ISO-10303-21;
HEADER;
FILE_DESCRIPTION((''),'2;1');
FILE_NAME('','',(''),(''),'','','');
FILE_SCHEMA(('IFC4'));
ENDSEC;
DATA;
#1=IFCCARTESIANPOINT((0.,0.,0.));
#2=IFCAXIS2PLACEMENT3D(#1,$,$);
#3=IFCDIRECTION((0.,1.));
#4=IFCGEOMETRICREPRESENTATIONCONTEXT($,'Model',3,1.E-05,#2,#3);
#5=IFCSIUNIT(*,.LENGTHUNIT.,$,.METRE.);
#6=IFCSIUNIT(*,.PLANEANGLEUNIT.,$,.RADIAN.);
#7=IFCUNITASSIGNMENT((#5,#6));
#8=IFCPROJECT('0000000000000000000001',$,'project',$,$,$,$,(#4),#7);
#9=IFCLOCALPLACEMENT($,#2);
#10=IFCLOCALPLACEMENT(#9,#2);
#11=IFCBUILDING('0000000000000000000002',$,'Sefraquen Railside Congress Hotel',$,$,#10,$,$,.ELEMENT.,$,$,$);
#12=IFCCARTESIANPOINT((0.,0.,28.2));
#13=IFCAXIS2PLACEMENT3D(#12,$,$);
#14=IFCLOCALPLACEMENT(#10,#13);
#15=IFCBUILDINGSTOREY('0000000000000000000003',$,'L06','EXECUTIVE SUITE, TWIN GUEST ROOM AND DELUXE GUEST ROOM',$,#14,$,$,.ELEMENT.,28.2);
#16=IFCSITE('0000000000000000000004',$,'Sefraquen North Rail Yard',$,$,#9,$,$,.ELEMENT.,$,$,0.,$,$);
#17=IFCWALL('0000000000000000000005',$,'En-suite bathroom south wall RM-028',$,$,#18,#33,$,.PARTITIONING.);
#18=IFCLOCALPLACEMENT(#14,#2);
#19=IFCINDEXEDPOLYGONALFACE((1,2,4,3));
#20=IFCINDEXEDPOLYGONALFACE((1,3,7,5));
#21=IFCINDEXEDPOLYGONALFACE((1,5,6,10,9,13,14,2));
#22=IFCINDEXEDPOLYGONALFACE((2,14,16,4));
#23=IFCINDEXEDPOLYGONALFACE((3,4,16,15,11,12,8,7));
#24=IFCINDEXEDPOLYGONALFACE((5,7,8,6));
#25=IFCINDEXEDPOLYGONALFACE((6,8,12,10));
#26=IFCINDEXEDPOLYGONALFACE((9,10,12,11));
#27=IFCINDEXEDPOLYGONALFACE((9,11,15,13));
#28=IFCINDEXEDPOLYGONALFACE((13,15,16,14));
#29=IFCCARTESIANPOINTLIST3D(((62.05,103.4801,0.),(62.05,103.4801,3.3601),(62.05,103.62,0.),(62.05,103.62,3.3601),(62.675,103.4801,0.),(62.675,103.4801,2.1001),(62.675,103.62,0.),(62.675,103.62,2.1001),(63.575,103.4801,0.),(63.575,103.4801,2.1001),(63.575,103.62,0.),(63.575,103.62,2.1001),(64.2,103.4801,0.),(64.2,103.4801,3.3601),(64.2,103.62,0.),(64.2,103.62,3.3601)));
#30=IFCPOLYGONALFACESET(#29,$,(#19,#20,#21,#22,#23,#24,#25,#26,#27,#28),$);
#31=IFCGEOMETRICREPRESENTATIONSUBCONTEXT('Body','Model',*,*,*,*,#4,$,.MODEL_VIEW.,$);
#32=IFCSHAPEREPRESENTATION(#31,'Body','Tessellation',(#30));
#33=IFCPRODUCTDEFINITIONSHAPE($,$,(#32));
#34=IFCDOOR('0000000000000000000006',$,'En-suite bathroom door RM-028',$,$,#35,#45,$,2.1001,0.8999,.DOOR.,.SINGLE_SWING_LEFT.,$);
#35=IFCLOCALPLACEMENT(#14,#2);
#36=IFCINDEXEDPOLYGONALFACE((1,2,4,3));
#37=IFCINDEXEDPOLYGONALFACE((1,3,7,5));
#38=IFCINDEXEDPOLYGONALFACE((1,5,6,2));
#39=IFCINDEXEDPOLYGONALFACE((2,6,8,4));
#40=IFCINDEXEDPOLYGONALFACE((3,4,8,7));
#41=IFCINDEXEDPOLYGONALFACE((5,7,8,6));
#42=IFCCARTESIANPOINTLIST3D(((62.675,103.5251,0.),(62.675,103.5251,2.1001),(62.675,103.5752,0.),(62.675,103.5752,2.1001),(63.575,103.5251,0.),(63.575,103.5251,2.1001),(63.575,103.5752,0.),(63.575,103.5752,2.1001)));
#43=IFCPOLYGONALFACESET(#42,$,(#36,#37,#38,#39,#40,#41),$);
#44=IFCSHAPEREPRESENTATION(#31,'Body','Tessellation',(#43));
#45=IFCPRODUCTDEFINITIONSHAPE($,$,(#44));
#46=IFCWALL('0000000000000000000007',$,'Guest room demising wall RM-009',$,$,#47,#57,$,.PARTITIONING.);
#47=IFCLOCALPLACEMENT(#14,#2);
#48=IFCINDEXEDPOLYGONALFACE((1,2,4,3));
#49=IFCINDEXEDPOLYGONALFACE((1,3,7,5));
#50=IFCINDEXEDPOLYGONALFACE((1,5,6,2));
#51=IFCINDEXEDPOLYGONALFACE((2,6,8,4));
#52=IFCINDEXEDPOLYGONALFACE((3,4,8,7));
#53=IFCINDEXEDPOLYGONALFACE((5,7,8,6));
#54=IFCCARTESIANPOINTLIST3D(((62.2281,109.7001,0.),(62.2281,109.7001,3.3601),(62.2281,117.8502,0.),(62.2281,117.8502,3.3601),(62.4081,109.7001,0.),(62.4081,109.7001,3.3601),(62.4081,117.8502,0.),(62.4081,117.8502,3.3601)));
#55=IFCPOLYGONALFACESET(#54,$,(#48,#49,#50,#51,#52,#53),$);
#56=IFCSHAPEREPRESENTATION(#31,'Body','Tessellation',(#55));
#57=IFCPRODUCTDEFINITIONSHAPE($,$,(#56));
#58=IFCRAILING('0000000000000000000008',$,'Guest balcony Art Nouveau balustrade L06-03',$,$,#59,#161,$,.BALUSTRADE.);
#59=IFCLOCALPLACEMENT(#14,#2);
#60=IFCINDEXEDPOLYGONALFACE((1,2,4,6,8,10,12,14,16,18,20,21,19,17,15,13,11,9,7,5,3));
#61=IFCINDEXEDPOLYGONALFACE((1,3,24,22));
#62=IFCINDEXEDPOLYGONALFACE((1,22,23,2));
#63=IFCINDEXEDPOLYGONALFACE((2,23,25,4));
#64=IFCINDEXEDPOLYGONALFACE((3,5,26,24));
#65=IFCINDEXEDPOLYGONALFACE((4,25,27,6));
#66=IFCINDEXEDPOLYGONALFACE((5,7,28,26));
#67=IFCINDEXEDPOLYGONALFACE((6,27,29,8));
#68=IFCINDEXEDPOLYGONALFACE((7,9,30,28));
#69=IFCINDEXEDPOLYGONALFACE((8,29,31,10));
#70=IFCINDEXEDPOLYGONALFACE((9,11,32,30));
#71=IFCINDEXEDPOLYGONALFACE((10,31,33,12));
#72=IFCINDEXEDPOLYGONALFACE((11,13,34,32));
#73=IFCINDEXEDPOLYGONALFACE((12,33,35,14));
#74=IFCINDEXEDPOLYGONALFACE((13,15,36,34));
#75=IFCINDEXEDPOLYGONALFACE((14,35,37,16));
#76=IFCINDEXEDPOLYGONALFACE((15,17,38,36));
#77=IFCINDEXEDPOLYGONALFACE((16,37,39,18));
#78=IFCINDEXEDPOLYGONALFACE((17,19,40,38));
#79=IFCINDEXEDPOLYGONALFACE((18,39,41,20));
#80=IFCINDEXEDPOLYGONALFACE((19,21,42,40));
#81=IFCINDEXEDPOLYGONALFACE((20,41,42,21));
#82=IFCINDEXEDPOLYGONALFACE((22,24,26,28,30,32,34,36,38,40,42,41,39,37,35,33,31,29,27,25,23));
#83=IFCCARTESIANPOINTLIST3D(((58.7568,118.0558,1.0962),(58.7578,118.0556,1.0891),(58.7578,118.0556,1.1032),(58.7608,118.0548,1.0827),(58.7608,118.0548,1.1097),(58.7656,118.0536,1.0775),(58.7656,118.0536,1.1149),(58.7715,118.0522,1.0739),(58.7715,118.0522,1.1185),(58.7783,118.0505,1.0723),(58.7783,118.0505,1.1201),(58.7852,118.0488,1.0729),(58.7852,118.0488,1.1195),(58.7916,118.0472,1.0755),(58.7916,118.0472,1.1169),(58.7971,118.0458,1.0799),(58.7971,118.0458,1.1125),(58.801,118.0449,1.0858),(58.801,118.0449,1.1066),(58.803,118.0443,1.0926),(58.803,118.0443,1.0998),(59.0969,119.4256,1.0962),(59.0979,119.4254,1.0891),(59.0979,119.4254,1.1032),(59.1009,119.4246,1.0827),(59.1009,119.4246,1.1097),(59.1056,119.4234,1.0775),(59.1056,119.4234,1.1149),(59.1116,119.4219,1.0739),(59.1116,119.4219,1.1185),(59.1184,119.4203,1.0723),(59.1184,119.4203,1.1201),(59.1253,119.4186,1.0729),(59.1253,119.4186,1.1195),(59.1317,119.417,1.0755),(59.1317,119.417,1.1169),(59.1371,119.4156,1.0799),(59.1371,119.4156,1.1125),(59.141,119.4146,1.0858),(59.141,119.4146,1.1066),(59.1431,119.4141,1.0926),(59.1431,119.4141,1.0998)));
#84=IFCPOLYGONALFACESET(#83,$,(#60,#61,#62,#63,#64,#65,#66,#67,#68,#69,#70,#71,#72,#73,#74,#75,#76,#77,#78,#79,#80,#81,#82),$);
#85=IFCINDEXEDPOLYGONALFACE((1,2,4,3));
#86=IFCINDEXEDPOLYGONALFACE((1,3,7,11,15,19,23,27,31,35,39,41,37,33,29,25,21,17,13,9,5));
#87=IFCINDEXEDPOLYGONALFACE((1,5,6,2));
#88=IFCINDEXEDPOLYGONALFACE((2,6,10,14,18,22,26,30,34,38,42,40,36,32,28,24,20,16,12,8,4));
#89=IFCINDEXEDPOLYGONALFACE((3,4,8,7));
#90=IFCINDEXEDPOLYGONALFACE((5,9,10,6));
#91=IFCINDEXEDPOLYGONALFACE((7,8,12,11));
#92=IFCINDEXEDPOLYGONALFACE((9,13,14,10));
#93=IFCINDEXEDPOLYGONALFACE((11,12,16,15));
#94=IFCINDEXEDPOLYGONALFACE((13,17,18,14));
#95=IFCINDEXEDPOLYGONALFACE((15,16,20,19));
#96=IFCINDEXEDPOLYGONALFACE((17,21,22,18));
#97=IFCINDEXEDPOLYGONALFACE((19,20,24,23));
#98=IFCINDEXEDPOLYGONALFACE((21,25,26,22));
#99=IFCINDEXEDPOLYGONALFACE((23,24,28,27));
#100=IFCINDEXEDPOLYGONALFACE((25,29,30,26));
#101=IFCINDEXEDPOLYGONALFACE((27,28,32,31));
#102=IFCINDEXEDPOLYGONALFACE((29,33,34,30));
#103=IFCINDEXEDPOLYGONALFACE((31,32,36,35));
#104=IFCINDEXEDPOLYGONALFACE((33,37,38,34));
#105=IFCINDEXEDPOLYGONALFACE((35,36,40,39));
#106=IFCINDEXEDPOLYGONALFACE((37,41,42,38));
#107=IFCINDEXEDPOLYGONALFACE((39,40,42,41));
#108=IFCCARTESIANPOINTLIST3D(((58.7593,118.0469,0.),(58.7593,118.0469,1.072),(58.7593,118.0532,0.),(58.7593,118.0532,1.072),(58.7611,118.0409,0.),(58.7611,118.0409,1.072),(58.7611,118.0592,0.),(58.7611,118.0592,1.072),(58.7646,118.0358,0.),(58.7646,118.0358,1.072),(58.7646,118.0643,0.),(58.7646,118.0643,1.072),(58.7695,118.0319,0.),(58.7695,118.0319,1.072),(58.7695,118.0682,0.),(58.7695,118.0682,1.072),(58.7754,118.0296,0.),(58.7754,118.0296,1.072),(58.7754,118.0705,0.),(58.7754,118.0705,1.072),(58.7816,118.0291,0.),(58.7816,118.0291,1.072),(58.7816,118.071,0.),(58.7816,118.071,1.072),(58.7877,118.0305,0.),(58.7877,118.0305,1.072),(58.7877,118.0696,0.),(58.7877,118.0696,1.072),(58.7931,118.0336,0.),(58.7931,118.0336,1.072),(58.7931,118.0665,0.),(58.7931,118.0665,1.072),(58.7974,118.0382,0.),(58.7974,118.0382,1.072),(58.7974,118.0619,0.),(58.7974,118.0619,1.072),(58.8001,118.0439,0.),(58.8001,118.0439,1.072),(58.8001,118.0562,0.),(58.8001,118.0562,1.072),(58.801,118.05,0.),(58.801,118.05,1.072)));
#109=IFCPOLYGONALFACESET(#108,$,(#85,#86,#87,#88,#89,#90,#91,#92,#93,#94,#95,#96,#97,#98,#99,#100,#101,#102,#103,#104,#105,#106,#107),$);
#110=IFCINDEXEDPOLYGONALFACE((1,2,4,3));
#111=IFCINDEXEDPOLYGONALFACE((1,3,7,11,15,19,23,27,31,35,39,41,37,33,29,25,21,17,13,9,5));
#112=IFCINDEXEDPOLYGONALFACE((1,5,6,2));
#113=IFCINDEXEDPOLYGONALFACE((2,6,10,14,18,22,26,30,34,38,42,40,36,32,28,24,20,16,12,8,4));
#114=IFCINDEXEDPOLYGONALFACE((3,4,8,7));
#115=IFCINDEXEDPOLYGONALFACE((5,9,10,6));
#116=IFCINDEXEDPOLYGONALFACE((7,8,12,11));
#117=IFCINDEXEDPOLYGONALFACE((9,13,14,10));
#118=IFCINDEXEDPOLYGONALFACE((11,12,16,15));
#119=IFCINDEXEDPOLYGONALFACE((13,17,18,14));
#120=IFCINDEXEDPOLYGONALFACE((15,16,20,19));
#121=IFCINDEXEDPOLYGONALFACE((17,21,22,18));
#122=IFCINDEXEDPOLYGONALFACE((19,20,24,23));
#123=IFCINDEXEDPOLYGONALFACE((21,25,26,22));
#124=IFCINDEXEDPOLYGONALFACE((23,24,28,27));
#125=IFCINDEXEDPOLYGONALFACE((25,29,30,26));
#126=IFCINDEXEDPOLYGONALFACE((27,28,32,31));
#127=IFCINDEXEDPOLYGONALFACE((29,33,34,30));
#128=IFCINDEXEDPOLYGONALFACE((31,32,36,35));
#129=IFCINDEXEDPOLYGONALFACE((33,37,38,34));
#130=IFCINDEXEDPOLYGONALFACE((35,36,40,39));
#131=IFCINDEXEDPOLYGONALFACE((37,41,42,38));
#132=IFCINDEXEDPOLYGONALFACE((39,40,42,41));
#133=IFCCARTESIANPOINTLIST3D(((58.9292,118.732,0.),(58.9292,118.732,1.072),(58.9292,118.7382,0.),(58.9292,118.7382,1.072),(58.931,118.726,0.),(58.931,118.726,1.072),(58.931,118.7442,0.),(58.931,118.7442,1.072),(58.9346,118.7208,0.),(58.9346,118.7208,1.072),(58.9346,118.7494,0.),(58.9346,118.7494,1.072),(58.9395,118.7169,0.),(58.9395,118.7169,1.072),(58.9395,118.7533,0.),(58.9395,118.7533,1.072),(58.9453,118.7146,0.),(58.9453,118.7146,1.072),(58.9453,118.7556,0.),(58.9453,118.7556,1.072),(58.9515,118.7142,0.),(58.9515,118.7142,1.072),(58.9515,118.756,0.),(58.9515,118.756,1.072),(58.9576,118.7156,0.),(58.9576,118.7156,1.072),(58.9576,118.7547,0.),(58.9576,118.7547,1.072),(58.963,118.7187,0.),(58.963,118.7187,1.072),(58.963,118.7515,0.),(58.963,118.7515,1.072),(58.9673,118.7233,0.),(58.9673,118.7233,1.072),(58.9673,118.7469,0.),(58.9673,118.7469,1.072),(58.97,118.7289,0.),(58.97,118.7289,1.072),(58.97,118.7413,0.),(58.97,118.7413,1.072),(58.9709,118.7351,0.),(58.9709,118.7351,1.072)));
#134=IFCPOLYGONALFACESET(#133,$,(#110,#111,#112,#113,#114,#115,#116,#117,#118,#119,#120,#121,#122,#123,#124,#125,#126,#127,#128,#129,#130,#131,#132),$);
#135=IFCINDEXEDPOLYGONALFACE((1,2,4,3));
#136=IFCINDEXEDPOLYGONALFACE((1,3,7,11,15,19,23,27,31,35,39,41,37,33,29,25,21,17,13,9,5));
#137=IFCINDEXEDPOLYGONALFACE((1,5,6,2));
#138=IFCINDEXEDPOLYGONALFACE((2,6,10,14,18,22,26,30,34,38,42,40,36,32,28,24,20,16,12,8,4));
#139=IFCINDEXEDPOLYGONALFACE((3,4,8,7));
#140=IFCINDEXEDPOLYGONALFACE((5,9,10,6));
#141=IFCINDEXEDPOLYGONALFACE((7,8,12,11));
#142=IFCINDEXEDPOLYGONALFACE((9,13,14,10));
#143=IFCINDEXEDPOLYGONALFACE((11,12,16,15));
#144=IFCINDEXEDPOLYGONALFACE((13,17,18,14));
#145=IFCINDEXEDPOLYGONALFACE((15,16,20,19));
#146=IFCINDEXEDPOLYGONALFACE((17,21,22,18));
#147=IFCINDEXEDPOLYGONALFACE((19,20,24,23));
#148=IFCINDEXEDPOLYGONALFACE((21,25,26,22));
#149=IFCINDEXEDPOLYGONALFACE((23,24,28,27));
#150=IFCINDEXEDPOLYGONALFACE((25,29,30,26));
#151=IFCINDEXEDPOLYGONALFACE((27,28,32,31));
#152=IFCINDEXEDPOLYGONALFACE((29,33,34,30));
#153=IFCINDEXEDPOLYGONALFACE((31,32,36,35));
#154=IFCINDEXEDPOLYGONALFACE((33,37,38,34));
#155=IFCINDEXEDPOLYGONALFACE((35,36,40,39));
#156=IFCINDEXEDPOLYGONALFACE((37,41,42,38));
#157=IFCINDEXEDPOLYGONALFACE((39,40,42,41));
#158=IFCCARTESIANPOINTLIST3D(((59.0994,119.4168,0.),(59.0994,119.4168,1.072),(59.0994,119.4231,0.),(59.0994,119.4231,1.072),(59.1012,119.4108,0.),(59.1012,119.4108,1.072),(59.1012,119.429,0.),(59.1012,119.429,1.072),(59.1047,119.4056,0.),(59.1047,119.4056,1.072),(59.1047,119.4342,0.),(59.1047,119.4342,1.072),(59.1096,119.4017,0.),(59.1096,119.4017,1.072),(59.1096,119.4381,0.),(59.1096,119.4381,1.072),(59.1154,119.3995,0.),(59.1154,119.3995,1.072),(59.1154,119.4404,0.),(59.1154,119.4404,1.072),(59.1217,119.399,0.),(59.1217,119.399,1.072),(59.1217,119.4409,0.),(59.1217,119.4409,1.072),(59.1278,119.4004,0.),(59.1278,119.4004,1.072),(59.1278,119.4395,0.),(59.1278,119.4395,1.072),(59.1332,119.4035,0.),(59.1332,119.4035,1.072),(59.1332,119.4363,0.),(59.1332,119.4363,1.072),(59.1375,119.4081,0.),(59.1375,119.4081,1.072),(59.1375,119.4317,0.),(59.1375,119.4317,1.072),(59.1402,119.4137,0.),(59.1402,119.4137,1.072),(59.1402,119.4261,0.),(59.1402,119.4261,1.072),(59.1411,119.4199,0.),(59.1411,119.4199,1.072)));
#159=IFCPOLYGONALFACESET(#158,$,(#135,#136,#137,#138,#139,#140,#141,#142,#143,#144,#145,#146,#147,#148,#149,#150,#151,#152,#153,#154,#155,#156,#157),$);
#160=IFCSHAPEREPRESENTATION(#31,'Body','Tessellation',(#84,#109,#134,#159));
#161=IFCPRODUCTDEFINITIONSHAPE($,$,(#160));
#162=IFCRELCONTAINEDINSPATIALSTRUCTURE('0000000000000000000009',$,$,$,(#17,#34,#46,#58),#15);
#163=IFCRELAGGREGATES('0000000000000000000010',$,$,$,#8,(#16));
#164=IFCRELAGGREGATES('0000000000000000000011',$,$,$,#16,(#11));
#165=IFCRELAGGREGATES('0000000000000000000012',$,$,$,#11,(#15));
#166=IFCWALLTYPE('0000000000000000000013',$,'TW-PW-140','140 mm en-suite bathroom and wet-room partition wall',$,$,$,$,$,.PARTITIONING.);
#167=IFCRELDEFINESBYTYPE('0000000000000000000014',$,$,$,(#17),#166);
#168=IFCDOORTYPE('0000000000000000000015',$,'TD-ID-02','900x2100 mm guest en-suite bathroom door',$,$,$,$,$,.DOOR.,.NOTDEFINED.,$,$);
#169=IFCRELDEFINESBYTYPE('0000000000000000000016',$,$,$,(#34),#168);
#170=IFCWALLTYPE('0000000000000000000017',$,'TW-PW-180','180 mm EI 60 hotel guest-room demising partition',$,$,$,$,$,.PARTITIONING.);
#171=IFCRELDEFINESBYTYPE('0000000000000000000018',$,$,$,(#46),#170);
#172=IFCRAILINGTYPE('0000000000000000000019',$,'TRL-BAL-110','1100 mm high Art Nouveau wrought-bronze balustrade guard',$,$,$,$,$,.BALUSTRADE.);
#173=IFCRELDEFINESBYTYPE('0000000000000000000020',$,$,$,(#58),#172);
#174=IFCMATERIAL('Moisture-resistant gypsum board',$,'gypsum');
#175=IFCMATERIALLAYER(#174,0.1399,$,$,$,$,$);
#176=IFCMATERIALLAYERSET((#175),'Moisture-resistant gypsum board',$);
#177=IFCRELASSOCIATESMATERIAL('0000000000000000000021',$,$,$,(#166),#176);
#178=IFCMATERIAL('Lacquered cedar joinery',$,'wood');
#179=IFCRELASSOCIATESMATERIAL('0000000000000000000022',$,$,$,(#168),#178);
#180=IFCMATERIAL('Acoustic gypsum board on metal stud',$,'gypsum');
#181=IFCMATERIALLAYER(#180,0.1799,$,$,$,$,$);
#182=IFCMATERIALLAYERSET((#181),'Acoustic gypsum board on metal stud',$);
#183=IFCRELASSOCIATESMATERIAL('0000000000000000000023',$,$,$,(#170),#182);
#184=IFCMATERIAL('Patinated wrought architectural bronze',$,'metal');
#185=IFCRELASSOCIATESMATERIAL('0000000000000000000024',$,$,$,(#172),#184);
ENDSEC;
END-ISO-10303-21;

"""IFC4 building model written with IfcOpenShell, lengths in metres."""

from ifc_helpers import new_model, si_unit, direction, frame, frame_2d, origin, origin_2d, place, context, subcontext, project, spatial, rectangle, circle, extrude, material, layer, layer_set, type_object, element, fill, save


model = new_model("IFC4")

# Units and contexts
model_context = context("Model", 3, precision=1e-05, world=origin(), true_north=direction((0.0, 1.0)))
body_context = subcontext(model_context, "Body", "Model", "MODEL_VIEW")
ifc_project = project(units=[si_unit("LENGTHUNIT", "METRE"), si_unit("PLANEANGLEUNIT", "RADIAN")], contexts=[model_context])

# Site, building, storey
site_placement = place(None, origin())
site = spatial("IfcSite", under=ifc_project, at=site_placement, Name="Sefraquen North Rail Yard", CompositionType="ELEMENT", RefElevation=0.0)
building_placement = place(site_placement, origin())
building = spatial("IfcBuilding", under=site, at=building_placement, Name="Sefraquen Railside Congress Hotel", CompositionType="ELEMENT")
storey_placement = place(building_placement, frame((0.0, 0.0, 28.2)))
storey = spatial("IfcBuildingStorey", under=building, at=storey_placement, Name="L06", Description="EXECUTIVE SUITE, TWIN GUEST ROOM AND DELUXE GUEST ROOM", CompositionType="ELEMENT", Elevation=28.2)

# Shared definitions
ifc_material_1 = material(Name="Moisture-resistant gypsum board", Category="gypsum")
ifc_layer_1 = layer(ifc_material_1, 0.1399)
ifc_layer_set_1 = layer_set([ifc_layer_1], Name="Moisture-resistant gypsum board")
wall_type_1 = type_object("IfcWallType", Name="TW-PW-140", Description="140 mm en-suite bathroom and wet-room partition wall", PredefinedType="PARTITIONING", material=ifc_layer_set_1)

# Shared definitions
ifc_material_2 = material(Name="Lacquered cedar joinery", Category="wood")
door_type = type_object("IfcDoorType", Name="TD-ID-02", Description="900x2100 mm guest en-suite bathroom door", OperationType="NOTDEFINED", PredefinedType="DOOR", material=ifc_material_2)

# Wall, opening, door
wall_1_placement = place(storey_placement, frame((62.05, 103.55, 0.0), z_axis=(0.0, 0.0, 1.0), x_axis=(1.0, 0.0, 0.0)))
wall_1 = element("IfcWall", 1, at=wall_1_placement, inside=storey, type_object=wall_type_1, Name="En-suite bathroom south wall RM-028", PredefinedType="PARTITIONING", context=body_context, shape_type="SweptSolid", body=[
    extrude(rectangle(XDim=2.1499, YDim=0.1399, at=frame_2d((1.075, 0.0))), origin(), (0.0, 0.0, 1.0), 3.3601),
])
opening_1_placement = place(wall_1_placement, frame((0.625, 0.0, 0.0)))
opening_1 = element("IfcOpeningElement", 2, at=opening_1_placement, cuts=wall_1, PredefinedType="OPENING", context=body_context, shape_type="SweptSolid", body=[
    extrude(rectangle(XDim=0.8999, YDim=2.1001, at=frame_2d((0.45, 1.05))), frame((0.0, 0.0798, 0.0), z_axis=(0.0, -1.0, 0.0), x_axis=(1.0, 0.0, 0.0)), (0.0, 0.0, 1.0), 0.1599),
])
door_1_placement = place(opening_1_placement, frame((0.8999, 0.0, 0.0), z_axis=(0.0, 0.0, 1.0), x_axis=(-1.0, 0.0, 0.0)))
door_1 = element("IfcDoor", 3, at=door_1_placement, inside=storey, type_object=door_type, Name="En-suite bathroom door RM-028", OperationType="SINGLE_SWING_LEFT", OverallHeight=2.1001, OverallWidth=0.8999, PredefinedType="DOOR", context=body_context, shape_type="SweptSolid", body=[
    extrude(rectangle(XDim=0.8999, YDim=2.1001, at=frame_2d((0.45, 1.05))), frame((0.0, 0.0249, 0.0), z_axis=(0.0, -1.0, 0.0), x_axis=(1.0, 0.0, 0.0)), (0.0, 0.0, 1.0), 0.05),
])
fill(opening_1, door_1)

# Wall
ifc_material_3 = material(Name="Acoustic gypsum board on metal stud", Category="gypsum")
ifc_layer_2 = layer(ifc_material_3, 0.1799)
ifc_layer_set_2 = layer_set([ifc_layer_2], Name="Acoustic gypsum board on metal stud")
wall_type_2 = type_object("IfcWallType", Name="TW-PW-180", Description="180 mm EI 60 hotel guest-room demising partition", PredefinedType="PARTITIONING", material=ifc_layer_set_2)
wall_2_placement = place(storey_placement, frame((62.3181, 109.7, 0.0), z_axis=(0.0, 0.0, 1.0), x_axis=(0.0, 1.0, 0.0)))
element("IfcWall", 4, at=wall_2_placement, inside=storey, type_object=wall_type_2, Name="Guest room demising wall RM-009", PredefinedType="PARTITIONING", context=body_context, shape_type="SweptSolid", body=[
    extrude(rectangle(XDim=8.1501, YDim=0.1799, at=frame_2d((4.0752, 0.0))), origin(), (0.0, 0.0, 1.0), 3.3601),
])

# Railing
ifc_material_4 = material(Name="Patinated wrought architectural bronze", Category="metal")
railing_type = type_object("IfcRailingType", Name="TRL-BAL-110", Description="1100 mm high Art Nouveau wrought-bronze balustrade guard", PredefinedType="BALUSTRADE", material=ifc_material_4)
railing_1_placement = place(storey_placement, frame((58.78, 118.05, 0.0)))
element("IfcRailing", 5, at=railing_1_placement, inside=storey, type_object=railing_type, Name="Guest balcony Art Nouveau balustrade L06-03", PredefinedType="BALUSTRADE", context=body_context, shape_type="SweptSolid", body=[
    extrude(circle(Radius=0.0239, at=origin_2d()), frame((0.0, 0.0, 1.0962), z_axis=(0.240948, 0.970538, 0.0), x_axis=(-0.970538, 0.240948, 0.0)), (0.0, 0.0, 1.0), 1.4114),
    extrude(circle(Radius=0.021, at=origin_2d()), origin(), (0.0, 0.0, 1.0), 1.072),
    extrude(circle(Radius=0.021, at=origin_2d()), frame((0.1699, 0.6851, 0.0)), (0.0, 0.0, 1.0), 1.072),
    extrude(circle(Radius=0.021, at=origin_2d()), frame((0.3401, 1.3699, 0.0)), (0.0, 0.0, 1.0), 1.072),
])

save(model, "model.ifc")
